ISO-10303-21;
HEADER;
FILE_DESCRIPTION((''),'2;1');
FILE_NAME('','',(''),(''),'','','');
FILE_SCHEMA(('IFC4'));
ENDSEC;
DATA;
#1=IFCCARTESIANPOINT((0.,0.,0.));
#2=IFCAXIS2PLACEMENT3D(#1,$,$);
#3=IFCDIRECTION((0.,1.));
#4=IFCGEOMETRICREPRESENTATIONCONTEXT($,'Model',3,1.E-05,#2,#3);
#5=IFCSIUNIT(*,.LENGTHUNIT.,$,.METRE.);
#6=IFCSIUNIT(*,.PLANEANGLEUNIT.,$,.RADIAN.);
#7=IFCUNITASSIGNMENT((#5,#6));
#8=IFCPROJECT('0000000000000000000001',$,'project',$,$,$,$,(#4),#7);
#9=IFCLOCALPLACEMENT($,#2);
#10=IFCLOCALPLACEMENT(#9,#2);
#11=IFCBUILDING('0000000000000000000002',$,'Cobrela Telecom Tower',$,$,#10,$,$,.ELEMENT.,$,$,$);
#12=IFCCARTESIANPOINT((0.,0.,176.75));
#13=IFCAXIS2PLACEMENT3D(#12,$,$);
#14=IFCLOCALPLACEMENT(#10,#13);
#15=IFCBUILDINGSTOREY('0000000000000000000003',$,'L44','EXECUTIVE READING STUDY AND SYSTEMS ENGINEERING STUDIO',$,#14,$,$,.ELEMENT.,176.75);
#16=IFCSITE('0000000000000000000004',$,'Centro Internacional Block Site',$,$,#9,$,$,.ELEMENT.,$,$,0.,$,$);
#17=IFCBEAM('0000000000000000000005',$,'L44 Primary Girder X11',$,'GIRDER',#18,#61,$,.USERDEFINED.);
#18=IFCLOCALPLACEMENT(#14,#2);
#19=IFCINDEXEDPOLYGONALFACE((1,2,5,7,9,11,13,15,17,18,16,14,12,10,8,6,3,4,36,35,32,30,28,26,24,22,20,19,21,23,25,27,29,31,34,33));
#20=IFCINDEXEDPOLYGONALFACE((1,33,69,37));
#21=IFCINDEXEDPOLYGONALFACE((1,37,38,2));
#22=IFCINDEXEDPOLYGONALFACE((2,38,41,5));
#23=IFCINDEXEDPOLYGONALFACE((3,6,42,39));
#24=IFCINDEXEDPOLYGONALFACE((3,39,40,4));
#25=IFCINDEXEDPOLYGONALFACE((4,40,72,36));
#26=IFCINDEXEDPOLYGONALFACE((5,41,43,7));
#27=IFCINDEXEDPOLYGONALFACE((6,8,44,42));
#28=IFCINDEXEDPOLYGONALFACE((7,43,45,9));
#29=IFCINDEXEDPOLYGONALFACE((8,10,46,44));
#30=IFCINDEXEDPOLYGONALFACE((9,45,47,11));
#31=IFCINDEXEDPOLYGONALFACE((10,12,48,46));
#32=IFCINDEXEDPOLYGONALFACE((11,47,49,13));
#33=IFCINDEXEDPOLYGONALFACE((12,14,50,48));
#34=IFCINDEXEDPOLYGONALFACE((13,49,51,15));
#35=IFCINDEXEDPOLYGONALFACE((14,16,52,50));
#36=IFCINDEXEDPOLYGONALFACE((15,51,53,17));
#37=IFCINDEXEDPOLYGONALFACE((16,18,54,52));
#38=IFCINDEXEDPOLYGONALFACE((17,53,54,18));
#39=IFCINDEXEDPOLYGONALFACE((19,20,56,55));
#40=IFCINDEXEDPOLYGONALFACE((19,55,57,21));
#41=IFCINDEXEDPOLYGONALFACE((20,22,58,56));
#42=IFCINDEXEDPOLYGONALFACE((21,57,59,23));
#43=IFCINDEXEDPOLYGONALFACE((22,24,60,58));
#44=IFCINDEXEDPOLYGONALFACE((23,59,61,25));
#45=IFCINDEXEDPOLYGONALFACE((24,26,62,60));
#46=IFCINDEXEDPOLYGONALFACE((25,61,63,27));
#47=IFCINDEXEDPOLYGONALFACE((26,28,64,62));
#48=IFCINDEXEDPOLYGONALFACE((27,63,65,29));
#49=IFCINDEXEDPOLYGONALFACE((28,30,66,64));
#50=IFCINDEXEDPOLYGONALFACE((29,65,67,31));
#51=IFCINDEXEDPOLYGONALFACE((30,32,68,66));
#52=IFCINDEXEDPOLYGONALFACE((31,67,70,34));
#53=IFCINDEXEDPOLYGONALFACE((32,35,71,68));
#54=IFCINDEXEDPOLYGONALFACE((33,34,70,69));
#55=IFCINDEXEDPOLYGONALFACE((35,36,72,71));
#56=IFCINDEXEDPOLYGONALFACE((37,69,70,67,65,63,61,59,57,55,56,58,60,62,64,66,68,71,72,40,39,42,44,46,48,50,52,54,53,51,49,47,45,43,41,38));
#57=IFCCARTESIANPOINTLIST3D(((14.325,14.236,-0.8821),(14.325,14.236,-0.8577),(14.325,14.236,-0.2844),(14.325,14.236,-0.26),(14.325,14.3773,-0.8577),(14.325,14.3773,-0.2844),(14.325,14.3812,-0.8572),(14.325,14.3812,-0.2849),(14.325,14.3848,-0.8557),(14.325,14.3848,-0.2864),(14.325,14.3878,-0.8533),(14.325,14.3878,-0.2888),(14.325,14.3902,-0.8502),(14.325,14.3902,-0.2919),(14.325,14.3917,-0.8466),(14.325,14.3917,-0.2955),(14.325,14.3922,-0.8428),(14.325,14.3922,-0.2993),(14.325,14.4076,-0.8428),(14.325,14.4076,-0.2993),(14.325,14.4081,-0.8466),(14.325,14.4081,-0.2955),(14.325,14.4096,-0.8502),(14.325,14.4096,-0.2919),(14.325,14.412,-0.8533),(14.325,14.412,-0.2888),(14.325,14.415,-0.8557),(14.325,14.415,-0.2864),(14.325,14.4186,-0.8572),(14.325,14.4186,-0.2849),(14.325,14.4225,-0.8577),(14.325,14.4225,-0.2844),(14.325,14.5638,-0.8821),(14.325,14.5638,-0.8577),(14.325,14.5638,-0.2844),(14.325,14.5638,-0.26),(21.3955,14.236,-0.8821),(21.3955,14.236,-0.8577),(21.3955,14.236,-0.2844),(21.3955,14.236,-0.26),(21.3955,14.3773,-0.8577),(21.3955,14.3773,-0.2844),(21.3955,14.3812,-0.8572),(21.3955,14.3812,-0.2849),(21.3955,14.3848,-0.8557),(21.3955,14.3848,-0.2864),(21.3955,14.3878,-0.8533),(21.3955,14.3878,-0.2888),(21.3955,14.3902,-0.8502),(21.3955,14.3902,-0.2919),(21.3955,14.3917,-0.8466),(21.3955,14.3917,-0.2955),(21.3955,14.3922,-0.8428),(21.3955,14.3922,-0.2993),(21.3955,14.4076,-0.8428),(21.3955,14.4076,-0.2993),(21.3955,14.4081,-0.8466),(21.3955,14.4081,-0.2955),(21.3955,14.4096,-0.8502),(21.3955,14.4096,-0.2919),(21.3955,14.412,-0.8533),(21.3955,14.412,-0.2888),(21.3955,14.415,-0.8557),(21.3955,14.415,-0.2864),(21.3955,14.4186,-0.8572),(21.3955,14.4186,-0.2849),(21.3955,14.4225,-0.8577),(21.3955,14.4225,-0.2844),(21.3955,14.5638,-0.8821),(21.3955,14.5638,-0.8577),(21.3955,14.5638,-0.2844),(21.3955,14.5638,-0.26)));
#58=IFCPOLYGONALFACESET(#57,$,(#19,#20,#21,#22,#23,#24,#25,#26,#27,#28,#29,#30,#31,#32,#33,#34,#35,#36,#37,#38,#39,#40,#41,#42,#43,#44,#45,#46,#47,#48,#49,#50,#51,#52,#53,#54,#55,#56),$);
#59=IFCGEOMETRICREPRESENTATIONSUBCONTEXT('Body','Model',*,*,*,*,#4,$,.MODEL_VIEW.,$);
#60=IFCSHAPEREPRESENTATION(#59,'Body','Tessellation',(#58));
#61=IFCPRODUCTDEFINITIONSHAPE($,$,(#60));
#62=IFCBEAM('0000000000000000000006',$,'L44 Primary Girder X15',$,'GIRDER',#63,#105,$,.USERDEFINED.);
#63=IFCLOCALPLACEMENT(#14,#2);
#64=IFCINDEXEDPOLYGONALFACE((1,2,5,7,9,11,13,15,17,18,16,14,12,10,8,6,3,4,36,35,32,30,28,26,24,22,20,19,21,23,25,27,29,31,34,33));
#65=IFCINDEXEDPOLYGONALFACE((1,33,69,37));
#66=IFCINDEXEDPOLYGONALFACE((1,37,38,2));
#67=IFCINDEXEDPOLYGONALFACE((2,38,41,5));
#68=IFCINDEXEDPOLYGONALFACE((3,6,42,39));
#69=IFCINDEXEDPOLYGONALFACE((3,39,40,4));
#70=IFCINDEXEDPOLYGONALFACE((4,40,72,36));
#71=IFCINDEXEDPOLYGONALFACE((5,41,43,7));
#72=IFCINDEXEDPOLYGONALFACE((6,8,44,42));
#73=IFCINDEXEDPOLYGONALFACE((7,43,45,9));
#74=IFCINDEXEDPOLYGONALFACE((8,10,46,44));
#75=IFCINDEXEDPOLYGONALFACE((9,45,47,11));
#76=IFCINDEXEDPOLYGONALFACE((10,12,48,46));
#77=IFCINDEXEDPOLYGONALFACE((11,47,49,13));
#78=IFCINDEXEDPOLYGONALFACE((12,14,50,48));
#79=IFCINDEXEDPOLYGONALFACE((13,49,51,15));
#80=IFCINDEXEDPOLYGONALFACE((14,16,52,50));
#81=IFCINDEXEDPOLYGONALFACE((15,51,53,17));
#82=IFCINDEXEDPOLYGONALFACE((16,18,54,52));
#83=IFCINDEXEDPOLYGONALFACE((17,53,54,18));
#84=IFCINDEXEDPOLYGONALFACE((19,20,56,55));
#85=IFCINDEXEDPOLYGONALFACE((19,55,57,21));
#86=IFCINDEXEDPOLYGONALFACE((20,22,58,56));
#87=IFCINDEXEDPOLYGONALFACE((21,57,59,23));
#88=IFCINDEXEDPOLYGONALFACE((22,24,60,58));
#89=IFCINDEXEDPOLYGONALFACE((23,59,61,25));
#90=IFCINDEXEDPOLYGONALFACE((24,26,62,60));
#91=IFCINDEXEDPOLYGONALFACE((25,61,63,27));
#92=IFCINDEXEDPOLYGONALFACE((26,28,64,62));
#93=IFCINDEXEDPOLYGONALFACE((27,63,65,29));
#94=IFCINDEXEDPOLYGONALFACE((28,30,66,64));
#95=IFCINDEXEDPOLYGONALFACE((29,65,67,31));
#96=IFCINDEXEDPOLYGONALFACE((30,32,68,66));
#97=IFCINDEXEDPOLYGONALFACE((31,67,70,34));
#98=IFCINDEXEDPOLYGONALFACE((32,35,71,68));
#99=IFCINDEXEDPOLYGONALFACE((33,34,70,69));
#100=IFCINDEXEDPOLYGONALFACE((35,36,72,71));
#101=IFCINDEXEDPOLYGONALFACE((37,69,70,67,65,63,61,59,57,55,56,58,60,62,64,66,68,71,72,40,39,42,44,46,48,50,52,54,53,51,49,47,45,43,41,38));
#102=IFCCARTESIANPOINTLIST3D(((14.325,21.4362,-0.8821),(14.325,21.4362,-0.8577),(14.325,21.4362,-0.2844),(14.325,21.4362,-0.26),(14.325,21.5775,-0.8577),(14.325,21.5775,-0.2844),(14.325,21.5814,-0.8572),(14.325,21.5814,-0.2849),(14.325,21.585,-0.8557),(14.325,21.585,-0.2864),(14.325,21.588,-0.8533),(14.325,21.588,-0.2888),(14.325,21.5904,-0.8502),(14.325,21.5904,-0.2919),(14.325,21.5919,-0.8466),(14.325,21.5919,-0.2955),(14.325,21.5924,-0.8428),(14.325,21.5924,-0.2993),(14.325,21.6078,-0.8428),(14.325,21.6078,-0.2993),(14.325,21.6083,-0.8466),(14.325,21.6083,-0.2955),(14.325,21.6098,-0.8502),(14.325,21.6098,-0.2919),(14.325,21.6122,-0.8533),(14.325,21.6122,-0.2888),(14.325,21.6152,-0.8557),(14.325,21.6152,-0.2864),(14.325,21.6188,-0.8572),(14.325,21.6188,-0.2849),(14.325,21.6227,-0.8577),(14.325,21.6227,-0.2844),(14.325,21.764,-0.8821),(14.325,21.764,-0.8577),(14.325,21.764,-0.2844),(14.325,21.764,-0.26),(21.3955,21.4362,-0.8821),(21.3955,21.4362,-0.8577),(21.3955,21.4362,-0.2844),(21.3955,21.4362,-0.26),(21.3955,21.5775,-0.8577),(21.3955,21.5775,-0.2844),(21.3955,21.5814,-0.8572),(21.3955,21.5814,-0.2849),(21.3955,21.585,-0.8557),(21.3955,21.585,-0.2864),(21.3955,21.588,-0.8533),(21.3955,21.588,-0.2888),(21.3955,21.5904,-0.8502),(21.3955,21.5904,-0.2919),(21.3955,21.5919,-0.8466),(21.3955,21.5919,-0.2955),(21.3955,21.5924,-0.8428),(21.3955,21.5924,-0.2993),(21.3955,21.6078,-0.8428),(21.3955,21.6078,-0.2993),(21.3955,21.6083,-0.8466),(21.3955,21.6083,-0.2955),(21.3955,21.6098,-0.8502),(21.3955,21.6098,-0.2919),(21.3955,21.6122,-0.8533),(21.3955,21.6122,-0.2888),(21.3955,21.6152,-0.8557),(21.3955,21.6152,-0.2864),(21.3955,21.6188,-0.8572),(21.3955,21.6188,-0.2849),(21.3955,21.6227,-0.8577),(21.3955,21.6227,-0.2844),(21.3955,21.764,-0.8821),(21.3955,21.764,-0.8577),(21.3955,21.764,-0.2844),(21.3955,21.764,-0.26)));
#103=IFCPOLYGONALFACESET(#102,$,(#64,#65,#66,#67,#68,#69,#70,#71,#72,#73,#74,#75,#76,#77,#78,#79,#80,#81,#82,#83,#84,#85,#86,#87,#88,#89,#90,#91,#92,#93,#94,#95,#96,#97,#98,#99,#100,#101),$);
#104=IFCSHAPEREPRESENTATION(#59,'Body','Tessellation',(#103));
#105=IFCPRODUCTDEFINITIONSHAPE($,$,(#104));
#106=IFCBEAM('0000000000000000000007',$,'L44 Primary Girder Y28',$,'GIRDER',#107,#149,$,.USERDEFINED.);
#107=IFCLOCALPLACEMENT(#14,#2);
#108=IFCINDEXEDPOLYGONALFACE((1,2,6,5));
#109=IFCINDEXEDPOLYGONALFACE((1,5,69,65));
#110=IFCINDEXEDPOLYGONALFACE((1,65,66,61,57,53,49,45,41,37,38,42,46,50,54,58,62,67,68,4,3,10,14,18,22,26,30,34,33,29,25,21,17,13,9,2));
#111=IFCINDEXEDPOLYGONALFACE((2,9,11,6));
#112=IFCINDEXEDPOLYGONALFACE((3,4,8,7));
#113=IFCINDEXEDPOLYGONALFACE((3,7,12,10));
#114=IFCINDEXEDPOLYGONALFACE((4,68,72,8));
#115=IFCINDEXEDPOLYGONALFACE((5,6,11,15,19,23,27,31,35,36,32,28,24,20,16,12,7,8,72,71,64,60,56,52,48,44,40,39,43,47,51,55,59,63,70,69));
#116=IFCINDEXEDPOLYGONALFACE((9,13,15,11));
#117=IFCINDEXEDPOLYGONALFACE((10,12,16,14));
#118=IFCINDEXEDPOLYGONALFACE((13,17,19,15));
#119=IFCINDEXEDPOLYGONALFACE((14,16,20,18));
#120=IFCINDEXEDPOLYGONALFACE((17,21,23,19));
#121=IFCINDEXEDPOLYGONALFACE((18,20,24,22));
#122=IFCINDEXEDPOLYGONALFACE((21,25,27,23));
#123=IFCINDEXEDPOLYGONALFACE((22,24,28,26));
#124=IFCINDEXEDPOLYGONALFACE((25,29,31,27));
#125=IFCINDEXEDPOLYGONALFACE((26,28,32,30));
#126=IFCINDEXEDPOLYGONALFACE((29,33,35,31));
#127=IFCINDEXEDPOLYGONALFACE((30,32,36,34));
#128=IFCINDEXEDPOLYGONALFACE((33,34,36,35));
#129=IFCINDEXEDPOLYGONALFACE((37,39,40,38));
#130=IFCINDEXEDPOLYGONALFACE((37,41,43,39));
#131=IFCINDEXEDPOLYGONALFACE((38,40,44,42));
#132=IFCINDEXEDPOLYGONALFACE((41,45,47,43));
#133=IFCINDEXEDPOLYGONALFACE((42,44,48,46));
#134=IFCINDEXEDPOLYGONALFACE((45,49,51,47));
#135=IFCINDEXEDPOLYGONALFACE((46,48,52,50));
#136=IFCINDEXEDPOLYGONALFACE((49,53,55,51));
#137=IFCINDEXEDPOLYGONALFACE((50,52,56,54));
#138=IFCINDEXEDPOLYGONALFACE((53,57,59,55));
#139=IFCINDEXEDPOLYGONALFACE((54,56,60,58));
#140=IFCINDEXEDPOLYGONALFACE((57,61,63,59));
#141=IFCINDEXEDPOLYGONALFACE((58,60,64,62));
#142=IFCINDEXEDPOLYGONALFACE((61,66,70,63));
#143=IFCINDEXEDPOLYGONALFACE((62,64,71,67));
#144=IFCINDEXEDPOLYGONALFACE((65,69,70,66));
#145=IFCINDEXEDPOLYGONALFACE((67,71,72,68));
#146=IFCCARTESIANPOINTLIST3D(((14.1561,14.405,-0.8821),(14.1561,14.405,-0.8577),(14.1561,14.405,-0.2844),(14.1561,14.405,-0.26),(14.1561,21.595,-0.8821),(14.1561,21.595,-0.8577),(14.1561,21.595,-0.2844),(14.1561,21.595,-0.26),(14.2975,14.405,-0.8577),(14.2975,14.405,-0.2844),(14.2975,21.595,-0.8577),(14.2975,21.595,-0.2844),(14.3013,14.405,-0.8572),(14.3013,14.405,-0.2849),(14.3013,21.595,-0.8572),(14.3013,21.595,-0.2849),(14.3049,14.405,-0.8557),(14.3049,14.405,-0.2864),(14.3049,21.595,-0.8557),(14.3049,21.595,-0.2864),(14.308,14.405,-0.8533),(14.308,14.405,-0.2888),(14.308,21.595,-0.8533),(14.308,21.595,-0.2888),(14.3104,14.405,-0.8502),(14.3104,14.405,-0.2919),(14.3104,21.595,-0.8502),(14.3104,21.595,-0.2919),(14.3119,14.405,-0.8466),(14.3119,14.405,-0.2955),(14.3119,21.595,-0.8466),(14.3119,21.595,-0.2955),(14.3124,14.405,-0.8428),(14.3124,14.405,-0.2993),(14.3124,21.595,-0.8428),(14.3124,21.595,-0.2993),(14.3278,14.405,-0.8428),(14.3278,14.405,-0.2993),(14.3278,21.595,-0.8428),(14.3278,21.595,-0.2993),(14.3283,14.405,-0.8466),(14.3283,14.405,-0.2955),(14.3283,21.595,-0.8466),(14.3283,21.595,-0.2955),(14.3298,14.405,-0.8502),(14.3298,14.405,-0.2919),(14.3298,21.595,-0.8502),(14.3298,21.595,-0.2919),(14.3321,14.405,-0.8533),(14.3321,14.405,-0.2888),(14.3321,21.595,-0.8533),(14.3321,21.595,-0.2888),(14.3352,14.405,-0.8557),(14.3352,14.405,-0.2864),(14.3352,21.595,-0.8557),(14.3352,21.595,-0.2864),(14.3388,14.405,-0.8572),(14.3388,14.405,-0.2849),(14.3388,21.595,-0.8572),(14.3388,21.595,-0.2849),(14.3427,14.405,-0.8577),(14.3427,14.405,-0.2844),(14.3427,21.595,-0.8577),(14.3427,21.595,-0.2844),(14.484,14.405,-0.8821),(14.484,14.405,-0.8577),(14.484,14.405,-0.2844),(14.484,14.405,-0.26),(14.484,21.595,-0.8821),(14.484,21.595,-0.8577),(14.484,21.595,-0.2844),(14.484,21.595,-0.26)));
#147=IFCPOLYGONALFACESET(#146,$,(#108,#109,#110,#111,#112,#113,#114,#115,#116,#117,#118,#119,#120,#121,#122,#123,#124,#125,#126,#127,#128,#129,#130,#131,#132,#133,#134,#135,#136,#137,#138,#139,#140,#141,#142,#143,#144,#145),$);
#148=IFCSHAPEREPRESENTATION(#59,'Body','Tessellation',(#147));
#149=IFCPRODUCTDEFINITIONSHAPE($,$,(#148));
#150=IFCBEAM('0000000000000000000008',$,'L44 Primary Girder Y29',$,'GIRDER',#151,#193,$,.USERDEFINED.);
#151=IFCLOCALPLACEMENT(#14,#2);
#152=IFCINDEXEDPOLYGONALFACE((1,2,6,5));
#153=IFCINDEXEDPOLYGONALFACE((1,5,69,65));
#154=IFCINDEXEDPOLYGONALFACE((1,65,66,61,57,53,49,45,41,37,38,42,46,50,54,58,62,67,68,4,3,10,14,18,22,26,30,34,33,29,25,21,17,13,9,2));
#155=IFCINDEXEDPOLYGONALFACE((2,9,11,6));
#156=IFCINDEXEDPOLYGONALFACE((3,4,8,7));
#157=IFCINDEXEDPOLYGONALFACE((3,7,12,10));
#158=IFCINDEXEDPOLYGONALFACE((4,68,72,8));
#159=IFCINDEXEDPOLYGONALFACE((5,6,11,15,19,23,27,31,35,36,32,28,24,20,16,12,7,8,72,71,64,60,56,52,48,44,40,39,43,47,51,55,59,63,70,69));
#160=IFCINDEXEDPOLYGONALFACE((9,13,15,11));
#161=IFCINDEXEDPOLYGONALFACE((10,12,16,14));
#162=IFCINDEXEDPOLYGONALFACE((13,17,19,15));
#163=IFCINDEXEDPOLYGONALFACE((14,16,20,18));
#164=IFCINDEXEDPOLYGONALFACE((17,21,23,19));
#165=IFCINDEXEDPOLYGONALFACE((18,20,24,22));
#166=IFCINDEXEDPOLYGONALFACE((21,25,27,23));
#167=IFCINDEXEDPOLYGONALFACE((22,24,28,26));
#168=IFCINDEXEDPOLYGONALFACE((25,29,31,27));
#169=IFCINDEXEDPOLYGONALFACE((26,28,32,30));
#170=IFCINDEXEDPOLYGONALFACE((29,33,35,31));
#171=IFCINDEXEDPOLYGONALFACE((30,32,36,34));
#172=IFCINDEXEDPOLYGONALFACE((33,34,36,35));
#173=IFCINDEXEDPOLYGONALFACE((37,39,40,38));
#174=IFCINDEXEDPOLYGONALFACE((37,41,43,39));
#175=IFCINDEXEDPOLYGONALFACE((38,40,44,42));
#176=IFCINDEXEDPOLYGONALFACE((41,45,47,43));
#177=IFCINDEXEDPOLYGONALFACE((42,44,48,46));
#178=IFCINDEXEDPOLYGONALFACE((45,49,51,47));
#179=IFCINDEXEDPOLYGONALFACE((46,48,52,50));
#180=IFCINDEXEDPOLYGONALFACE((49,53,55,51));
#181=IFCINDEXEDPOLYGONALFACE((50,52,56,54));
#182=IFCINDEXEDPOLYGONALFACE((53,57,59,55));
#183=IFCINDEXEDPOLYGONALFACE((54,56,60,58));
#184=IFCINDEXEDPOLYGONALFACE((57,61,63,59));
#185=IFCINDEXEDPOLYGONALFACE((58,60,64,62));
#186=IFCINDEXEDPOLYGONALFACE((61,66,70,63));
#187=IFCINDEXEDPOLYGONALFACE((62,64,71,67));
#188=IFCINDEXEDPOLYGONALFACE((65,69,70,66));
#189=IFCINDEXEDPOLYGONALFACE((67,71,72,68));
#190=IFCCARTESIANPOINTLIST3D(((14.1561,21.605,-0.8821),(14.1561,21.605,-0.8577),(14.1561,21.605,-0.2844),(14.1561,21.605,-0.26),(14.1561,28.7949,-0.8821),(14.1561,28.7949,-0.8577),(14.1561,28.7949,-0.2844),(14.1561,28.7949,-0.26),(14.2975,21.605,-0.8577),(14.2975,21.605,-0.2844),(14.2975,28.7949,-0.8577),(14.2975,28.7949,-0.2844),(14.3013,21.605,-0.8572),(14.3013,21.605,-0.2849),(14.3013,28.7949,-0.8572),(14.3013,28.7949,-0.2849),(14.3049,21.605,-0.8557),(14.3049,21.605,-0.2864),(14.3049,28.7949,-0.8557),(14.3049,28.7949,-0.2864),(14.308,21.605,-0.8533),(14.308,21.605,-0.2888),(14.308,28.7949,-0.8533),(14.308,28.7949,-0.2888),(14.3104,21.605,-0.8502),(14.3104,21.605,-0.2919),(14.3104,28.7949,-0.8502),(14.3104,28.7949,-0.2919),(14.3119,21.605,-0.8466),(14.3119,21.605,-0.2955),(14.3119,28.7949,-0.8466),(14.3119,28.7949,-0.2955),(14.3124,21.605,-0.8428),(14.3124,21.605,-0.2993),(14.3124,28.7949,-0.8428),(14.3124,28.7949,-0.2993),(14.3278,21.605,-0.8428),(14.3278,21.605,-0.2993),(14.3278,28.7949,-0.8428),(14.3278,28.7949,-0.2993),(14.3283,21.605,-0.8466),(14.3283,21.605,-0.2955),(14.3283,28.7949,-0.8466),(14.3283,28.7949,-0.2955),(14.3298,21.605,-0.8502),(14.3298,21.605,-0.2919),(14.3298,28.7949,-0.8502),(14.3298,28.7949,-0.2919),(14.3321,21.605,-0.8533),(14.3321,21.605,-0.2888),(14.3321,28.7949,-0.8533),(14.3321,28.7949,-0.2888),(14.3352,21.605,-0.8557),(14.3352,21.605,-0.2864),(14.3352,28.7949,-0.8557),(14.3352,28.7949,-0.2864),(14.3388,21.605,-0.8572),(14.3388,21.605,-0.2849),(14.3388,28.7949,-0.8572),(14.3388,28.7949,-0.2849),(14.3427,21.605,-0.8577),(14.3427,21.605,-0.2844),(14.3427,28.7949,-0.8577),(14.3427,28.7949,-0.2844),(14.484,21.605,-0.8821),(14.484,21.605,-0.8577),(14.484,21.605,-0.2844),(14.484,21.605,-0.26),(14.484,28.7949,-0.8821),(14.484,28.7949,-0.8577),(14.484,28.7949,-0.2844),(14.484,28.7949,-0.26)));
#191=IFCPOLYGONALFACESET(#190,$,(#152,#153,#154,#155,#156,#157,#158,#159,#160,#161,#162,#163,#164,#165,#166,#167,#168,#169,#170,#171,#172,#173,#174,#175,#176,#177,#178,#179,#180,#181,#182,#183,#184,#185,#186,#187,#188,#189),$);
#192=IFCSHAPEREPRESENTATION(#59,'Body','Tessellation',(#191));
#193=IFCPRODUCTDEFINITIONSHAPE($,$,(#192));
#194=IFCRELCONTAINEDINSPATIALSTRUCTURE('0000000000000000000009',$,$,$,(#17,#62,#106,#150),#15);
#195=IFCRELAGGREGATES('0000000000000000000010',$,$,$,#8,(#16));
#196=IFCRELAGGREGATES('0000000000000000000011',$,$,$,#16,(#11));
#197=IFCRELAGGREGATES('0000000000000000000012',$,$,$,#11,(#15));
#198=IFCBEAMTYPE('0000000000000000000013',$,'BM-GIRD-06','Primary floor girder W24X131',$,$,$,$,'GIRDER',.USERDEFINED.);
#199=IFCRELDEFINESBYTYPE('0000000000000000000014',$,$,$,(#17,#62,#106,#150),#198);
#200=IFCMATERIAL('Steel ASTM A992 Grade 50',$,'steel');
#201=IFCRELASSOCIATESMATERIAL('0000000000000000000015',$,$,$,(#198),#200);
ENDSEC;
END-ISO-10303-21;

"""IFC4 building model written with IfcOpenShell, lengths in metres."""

from ifc_helpers import new_model, si_unit, direction, frame, origin, origin_2d, place, context, subcontext, project, spatial, i_section, extrude, material, material_profile, profile_set, type_object, element, save


model = new_model("IFC4")

# Units and contexts
model_context = context("Model", 3, precision=1e-05, world=origin(), true_north=direction((0.0, 1.0)))
body_context = subcontext(model_context, "Body", "Model", "MODEL_VIEW")
ifc_project = project(units=[si_unit("LENGTHUNIT", "METRE"), si_unit("PLANEANGLEUNIT", "RADIAN")], contexts=[model_context])

# Site, building, storey
site_placement = place(None, origin())
site = spatial("IfcSite", under=ifc_project, at=site_placement, Name="Centro Internacional Block Site", CompositionType="ELEMENT", RefElevation=0.0)
building_placement = place(site_placement, origin())
building = spatial("IfcBuilding", under=site, at=building_placement, Name="Cobrela Telecom Tower", CompositionType="ELEMENT")
storey_placement = place(building_placement, frame((0.0, 0.0, 176.75)))
storey = spatial("IfcBuildingStorey", under=building, at=storey_placement, Name="L44", Description="EXECUTIVE READING STUDY AND SYSTEMS ENGINEERING STUDIO", CompositionType="ELEMENT", Elevation=176.75)

# Beams
ifc_material_1 = material(Name="Steel ASTM A992 Grade 50", Category="steel")
ifc_material_profile_1 = material_profile(ifc_material_1, i_section(OverallWidth=0.3279, OverallDepth=0.6221, WebThickness=0.0154, FlangeThickness=0.0244, FilletRadius=0.0149, at=origin_2d()), Name="W24X131")
ifc_profile_set_1 = profile_set([ifc_material_profile_1], Name="Steel ASTM A992 Grade 50")
beam_type_1 = type_object("IfcBeamType", Name="BM-GIRD-06", Description="Primary floor girder W24X131", ElementType="GIRDER", PredefinedType="USERDEFINED", material=ifc_profile_set_1)
for number, where, z_axis, x_axis, name in (
    (1, (14.325, 14.3999, -0.571), (1.0, 0.0, 0.0), (0.0, 1.0, 0.0), "L44 Primary Girder X11"),
    (2, (14.325, 21.6001, -0.571), (1.0, 0.0, 0.0), (0.0, 1.0, 0.0), "L44 Primary Girder X15"),
):
    element("IfcBeam", number, at=place(storey_placement, frame(where, z_axis=z_axis, x_axis=x_axis)), inside=storey, type_object=beam_type_1, Name=name, ObjectType="GIRDER", PredefinedType="USERDEFINED", context=body_context, shape_type="SweptSolid", body=[
        extrude(i_section(OverallWidth=0.3279, OverallDepth=0.6221, WebThickness=0.0154, FlangeThickness=0.0244, FilletRadius=0.0149, at=origin_2d()), origin(), (0.0, 0.0, 1.0), 7.0706),
    ])
for number, where, z_axis, x_axis, name in (
    (3, (14.3201, 14.405, -0.571), (0.0, 1.0, 0.0), (-1.0, 0.0, 0.0), "L44 Primary Girder Y28"),
    (4, (14.3201, 21.605, -0.571), (0.0, 1.0, 0.0), (-1.0, 0.0, 0.0), "L44 Primary Girder Y29"),
):
    element("IfcBeam", number, at=place(storey_placement, frame(where, z_axis=z_axis, x_axis=x_axis)), inside=storey, type_object=beam_type_1, Name=name, ObjectType="GIRDER", PredefinedType="USERDEFINED", context=body_context, shape_type="SweptSolid", body=[
        extrude(i_section(OverallWidth=0.3279, OverallDepth=0.6221, WebThickness=0.0154, FlangeThickness=0.0244, FilletRadius=0.0149, at=origin_2d()), origin(), (0.0, 0.0, 1.0), 7.1899),
    ])

save(model, "model.ifc")
